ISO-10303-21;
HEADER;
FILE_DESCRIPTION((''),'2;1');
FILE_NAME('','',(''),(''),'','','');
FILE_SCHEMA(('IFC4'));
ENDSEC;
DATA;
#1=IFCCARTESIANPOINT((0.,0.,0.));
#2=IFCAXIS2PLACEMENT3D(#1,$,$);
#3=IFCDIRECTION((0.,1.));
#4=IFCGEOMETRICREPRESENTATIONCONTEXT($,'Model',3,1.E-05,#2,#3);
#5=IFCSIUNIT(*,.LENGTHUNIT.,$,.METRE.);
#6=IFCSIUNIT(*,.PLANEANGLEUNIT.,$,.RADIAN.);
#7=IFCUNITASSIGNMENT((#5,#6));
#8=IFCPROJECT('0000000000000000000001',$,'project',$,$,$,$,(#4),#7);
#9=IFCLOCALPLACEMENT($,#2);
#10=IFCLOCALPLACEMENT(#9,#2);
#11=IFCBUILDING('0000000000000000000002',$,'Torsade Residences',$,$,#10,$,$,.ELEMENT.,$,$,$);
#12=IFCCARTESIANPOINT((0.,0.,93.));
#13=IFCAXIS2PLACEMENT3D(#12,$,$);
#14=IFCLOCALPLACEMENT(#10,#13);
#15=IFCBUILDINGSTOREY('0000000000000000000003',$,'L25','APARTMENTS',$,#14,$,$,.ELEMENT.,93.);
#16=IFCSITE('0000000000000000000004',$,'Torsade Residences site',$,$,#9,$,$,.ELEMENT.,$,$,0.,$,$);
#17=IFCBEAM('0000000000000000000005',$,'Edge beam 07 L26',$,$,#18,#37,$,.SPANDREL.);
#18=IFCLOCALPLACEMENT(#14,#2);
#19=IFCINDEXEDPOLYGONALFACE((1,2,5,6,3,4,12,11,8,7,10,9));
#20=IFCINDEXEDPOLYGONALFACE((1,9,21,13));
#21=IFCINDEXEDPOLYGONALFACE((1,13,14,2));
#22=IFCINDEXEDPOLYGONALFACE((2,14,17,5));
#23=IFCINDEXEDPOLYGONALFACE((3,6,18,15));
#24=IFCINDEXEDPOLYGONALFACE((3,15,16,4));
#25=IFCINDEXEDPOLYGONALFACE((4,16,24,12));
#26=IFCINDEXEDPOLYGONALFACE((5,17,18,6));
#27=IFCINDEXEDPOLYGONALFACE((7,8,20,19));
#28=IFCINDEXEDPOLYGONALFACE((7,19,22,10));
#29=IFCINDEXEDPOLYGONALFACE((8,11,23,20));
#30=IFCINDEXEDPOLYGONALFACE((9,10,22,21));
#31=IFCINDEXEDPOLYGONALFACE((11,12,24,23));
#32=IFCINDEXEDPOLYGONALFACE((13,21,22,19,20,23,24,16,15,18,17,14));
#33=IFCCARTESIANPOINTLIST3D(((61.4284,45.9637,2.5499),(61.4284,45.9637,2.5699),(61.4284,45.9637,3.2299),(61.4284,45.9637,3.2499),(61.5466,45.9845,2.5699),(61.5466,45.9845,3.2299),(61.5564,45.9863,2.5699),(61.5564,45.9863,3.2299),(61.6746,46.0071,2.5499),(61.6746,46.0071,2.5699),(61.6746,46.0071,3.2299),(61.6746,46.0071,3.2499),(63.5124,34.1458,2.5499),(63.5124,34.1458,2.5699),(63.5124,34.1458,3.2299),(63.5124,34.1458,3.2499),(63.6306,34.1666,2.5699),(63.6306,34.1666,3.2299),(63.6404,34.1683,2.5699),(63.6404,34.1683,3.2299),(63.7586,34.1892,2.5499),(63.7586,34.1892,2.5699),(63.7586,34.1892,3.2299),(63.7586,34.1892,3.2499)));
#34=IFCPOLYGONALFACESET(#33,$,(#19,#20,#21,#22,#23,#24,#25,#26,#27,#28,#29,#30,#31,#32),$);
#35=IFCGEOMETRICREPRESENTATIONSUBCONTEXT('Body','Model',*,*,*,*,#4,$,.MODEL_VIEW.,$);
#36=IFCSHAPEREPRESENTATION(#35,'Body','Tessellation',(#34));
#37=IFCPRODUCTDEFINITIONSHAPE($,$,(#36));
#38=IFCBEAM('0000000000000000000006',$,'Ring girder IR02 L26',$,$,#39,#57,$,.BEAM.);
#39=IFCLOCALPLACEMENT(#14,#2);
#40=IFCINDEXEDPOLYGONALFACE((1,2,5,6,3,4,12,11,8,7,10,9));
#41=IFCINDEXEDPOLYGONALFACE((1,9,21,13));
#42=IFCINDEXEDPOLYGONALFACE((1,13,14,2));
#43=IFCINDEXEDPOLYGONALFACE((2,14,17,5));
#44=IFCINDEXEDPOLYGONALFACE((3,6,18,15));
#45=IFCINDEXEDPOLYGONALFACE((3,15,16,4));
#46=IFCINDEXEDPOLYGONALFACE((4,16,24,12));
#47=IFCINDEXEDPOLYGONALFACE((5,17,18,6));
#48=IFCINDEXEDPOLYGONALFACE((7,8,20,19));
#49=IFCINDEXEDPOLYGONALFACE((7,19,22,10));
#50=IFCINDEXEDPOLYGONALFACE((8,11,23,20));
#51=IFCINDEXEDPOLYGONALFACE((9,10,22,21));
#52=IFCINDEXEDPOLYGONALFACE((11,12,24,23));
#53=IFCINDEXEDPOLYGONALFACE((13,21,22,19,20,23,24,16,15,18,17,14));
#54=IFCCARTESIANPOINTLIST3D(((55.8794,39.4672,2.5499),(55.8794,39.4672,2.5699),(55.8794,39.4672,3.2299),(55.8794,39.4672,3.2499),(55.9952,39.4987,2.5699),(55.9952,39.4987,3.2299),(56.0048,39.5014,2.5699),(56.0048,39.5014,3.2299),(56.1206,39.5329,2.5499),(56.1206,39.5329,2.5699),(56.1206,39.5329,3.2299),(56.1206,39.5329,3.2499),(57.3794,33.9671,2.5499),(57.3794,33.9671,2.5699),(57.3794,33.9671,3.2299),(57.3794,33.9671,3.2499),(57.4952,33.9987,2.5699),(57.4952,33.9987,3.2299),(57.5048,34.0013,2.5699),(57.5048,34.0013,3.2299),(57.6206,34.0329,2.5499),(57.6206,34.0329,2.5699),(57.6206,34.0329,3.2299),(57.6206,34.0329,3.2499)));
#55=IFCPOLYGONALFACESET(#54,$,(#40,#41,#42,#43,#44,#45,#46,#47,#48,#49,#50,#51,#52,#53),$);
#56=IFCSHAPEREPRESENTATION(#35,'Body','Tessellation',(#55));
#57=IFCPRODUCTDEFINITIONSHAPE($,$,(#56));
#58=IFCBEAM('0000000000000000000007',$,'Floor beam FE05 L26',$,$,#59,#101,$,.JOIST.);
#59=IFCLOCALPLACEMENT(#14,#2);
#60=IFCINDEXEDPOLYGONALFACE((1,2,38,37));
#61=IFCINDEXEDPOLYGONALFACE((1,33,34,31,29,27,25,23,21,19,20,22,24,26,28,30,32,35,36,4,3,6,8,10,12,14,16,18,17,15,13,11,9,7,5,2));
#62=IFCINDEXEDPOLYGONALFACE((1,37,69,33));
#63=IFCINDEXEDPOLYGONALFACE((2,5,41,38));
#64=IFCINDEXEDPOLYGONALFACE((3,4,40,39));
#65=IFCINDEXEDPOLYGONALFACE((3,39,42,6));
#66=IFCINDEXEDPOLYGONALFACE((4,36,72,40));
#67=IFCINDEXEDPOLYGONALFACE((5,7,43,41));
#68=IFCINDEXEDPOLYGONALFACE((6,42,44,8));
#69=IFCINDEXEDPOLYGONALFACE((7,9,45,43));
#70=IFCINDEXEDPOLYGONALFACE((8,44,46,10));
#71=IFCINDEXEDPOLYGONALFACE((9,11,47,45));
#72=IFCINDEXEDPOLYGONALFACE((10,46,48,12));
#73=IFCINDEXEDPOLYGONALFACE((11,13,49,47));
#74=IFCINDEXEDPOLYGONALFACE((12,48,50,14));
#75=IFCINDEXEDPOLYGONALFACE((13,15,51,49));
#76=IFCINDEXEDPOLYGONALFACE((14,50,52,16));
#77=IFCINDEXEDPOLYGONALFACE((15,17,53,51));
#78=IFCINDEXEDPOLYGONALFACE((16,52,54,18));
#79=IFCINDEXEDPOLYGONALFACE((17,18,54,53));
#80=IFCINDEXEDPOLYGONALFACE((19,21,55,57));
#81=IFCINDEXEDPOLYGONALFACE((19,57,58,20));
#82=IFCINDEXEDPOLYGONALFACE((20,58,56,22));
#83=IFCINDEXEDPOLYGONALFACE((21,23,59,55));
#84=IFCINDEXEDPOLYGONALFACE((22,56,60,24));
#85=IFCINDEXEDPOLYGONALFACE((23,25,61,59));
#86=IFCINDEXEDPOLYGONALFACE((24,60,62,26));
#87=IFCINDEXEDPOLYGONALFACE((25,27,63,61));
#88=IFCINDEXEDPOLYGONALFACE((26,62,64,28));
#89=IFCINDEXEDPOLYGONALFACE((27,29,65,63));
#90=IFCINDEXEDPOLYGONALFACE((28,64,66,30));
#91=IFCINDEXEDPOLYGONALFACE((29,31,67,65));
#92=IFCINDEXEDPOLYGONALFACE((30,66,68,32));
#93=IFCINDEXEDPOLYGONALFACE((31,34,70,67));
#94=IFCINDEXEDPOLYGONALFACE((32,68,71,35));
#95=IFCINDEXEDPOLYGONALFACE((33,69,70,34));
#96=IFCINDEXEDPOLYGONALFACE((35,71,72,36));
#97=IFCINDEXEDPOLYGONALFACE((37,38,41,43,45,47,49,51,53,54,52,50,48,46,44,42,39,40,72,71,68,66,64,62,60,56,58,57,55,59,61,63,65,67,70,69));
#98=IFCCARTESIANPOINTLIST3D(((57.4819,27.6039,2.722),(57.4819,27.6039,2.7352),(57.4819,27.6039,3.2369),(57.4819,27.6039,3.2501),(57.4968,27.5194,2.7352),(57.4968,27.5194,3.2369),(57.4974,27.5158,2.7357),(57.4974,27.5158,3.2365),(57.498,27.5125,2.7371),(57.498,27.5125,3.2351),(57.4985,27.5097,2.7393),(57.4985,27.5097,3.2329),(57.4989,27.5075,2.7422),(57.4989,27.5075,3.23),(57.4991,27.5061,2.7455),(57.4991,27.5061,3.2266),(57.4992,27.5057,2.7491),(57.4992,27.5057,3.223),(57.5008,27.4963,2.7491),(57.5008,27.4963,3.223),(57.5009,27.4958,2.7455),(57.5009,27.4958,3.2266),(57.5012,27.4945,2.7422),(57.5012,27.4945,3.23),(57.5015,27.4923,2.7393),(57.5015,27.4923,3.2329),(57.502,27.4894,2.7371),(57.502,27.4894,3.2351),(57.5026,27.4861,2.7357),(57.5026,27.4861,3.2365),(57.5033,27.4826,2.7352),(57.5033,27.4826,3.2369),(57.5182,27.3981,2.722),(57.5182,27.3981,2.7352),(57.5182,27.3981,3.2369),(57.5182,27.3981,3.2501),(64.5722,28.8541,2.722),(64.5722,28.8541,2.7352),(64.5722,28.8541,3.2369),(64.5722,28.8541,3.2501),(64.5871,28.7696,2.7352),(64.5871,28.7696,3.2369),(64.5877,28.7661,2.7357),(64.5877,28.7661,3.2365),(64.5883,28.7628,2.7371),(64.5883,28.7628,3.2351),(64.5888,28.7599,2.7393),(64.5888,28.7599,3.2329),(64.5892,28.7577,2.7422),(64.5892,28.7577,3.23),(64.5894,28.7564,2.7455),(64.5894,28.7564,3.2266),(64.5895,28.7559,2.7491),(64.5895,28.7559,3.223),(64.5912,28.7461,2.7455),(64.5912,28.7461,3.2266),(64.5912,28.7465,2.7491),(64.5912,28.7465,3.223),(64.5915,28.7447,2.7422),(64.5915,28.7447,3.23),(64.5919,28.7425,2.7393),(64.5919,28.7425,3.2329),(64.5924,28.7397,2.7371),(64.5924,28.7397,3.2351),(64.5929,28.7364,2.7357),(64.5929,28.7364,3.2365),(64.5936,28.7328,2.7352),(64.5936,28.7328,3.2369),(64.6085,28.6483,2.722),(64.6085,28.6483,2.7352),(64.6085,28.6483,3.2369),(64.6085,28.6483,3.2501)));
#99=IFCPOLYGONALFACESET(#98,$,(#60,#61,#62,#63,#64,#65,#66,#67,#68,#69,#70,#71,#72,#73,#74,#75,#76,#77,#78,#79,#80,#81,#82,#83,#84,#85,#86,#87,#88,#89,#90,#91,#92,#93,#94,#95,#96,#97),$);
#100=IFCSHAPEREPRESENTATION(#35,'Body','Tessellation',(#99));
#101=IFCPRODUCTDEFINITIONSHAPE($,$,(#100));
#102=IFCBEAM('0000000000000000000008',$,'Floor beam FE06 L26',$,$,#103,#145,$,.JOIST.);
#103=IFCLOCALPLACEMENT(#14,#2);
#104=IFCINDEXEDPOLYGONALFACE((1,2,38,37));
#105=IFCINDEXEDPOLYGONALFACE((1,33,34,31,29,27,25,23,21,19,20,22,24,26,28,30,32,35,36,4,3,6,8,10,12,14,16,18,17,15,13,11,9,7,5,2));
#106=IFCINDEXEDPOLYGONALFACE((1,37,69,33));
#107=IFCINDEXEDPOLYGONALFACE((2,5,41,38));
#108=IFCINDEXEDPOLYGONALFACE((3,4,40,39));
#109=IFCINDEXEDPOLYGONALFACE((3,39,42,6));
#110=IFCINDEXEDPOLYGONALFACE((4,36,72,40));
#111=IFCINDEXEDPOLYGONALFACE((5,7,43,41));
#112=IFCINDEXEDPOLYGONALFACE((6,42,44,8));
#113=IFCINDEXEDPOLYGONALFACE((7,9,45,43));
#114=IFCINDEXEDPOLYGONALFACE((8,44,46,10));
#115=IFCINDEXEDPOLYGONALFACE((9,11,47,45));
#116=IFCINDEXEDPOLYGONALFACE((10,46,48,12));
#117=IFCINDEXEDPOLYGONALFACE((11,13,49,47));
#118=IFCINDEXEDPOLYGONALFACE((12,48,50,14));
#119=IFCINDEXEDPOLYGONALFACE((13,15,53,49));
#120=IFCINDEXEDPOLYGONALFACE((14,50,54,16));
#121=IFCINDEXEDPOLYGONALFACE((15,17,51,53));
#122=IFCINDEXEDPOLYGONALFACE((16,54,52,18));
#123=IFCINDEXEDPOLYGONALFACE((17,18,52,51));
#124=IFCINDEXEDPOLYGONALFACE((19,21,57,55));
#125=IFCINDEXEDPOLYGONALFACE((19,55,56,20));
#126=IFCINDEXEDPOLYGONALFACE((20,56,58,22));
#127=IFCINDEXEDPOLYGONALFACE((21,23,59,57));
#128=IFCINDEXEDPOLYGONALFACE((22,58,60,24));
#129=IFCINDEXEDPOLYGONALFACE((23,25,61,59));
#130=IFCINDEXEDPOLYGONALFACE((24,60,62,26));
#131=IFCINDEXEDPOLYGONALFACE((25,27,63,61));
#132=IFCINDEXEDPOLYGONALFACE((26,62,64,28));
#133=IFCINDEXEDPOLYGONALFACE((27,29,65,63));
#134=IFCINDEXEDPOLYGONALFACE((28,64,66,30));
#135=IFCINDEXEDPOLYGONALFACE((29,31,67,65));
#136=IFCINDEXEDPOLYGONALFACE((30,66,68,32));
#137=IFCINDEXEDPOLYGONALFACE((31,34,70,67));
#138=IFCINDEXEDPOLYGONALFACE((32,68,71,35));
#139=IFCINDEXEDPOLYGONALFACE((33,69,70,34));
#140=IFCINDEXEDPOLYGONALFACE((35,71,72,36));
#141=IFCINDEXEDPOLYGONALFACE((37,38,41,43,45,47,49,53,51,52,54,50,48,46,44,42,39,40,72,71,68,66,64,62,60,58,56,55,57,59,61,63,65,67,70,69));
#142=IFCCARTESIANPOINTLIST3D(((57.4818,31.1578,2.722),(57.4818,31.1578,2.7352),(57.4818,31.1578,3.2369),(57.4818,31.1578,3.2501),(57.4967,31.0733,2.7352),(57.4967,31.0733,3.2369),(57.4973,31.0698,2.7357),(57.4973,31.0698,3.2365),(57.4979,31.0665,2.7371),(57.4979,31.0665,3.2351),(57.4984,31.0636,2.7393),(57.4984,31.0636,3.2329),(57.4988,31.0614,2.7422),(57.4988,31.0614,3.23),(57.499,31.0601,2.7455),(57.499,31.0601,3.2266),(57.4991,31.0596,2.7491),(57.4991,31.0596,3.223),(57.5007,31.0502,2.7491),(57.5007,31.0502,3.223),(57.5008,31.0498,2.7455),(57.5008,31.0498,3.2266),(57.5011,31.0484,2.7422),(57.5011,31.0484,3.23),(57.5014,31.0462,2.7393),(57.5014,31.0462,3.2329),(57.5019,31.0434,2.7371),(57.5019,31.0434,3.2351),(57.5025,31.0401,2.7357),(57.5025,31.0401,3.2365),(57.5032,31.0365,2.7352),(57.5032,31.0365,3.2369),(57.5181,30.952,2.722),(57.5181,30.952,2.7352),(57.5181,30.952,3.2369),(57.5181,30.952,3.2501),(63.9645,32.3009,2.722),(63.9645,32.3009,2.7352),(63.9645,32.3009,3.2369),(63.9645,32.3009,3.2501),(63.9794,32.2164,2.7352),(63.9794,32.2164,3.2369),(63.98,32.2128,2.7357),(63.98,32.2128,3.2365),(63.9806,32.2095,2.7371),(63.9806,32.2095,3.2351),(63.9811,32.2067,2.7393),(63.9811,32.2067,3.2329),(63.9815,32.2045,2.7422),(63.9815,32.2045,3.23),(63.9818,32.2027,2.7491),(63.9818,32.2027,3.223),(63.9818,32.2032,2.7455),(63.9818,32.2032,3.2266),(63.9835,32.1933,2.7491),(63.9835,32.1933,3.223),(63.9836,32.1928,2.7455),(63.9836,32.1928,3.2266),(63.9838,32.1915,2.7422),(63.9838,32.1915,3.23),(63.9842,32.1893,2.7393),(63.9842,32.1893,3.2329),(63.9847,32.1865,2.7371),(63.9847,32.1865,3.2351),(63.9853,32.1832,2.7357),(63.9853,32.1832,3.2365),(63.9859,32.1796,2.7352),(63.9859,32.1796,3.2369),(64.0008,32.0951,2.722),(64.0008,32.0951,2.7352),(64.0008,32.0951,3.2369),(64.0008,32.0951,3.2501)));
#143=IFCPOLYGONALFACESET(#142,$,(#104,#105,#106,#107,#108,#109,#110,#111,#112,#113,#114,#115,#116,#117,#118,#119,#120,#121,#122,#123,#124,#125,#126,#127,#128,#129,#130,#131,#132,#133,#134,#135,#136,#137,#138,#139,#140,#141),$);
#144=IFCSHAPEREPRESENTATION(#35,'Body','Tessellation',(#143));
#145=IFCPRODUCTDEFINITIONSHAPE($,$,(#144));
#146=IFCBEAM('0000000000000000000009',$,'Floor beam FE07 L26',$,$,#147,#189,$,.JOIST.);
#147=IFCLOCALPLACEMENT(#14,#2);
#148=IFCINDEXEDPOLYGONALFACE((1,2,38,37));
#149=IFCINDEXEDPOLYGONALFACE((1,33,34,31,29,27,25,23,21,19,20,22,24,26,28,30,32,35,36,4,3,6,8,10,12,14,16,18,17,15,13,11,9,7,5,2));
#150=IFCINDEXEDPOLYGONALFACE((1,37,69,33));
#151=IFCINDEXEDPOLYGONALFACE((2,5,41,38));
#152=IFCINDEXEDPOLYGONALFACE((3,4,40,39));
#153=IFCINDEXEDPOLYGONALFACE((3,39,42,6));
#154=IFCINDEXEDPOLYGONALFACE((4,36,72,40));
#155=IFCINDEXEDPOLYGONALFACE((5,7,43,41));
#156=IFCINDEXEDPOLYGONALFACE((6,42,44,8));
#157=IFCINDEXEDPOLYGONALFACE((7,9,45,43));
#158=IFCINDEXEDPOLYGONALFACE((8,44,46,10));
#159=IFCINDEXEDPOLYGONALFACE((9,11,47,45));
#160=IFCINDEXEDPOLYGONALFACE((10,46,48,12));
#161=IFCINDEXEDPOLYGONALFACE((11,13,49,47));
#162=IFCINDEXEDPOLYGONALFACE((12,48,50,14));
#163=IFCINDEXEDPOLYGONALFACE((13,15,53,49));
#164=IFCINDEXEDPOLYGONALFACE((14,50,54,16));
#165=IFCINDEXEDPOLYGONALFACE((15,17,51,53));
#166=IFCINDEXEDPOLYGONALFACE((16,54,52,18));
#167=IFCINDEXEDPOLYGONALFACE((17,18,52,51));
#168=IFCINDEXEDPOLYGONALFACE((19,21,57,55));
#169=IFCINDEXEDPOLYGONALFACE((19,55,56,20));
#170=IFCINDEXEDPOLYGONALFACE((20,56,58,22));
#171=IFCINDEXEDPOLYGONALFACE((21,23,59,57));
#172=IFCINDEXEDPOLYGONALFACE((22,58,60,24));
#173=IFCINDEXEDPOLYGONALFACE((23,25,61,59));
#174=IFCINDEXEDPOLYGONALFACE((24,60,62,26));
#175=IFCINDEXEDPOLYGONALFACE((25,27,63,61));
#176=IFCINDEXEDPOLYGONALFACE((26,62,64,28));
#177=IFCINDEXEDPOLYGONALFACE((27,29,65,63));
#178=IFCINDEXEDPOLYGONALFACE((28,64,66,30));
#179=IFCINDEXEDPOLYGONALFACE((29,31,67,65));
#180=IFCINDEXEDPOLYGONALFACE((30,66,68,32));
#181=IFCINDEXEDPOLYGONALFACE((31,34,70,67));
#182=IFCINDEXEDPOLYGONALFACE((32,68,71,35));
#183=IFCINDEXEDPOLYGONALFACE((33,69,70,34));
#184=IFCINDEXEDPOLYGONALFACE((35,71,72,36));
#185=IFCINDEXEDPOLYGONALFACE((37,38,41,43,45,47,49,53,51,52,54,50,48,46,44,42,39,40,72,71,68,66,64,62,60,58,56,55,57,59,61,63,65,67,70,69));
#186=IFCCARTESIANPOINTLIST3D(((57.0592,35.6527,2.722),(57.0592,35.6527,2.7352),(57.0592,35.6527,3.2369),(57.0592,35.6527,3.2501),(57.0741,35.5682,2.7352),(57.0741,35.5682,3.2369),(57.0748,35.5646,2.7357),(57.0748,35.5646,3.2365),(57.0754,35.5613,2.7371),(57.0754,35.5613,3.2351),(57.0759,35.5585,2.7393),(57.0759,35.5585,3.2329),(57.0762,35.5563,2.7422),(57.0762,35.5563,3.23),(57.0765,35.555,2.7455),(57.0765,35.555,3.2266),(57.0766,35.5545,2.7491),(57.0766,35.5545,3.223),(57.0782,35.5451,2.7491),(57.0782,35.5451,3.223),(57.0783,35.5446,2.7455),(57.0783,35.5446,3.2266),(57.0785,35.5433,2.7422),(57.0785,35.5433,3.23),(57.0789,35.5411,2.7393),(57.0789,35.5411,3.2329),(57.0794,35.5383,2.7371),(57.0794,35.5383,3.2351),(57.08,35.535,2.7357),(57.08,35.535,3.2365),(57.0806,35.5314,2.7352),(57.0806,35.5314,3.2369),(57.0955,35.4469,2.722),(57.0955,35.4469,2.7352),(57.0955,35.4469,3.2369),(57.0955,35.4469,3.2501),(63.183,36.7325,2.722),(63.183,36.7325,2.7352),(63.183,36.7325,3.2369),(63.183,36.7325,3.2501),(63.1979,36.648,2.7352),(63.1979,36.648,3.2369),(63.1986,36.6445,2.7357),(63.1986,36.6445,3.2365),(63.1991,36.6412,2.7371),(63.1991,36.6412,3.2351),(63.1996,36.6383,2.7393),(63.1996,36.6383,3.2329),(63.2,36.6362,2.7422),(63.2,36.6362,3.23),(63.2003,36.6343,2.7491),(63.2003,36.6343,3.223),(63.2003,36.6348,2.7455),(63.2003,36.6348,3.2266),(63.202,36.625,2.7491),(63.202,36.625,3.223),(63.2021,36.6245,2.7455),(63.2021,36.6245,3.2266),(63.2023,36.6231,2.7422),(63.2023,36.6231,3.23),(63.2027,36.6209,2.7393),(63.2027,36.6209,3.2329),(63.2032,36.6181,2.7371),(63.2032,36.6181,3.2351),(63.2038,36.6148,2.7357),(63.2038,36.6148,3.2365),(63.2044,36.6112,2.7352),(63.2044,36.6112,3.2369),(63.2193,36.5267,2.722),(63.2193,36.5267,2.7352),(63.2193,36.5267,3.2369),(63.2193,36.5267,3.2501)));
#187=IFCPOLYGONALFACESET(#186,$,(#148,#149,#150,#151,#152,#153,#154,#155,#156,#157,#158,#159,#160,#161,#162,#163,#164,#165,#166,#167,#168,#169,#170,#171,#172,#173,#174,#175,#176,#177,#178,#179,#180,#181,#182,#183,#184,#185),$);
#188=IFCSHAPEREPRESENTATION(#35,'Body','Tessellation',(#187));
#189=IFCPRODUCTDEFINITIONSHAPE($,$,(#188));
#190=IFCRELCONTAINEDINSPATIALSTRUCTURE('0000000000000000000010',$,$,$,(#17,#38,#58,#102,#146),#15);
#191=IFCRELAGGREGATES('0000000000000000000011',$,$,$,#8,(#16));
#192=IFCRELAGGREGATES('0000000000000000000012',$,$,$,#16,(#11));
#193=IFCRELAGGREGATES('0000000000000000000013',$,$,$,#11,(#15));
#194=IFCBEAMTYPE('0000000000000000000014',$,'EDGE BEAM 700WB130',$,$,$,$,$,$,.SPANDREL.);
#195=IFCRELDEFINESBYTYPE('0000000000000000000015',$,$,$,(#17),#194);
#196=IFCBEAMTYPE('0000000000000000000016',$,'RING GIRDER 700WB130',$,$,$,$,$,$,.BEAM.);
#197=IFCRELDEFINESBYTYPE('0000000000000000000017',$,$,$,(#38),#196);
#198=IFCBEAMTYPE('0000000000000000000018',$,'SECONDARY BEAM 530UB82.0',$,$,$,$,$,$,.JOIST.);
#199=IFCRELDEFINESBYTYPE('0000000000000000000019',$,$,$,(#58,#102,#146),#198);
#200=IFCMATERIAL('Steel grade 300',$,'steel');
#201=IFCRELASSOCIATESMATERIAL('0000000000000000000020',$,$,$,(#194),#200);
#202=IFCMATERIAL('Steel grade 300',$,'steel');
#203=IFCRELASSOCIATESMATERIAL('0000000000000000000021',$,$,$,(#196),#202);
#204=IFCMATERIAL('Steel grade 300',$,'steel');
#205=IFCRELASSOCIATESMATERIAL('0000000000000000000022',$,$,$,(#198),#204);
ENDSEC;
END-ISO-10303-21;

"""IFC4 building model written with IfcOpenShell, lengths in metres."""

from ifc_helpers import new_model, si_unit, direction, frame, origin, origin_2d, place, context, subcontext, project, spatial, i_section, extrude, material, material_profile, profile_set, type_object, element, save


model = new_model("IFC4")

# Units and contexts
model_context = context("Model", 3, precision=1e-05, world=origin(), true_north=direction((0.0, 1.0)))
body_context = subcontext(model_context, "Body", "Model", "MODEL_VIEW")
ifc_project = project(units=[si_unit("LENGTHUNIT", "METRE"), si_unit("PLANEANGLEUNIT", "RADIAN")], contexts=[model_context])

# Site, building, storey
site_placement = place(None, origin())
site = spatial("IfcSite", under=ifc_project, at=site_placement, Name="Torsade Residences site", CompositionType="ELEMENT", RefElevation=0.0)
building_placement = place(site_placement, origin())
building = spatial("IfcBuilding", under=site, at=building_placement, Name="Torsade Residences", CompositionType="ELEMENT")
storey_placement = place(building_placement, frame((0.0, 0.0, 93.0)))
storey = spatial("IfcBuildingStorey", under=building, at=storey_placement, Name="L25", Description="APARTMENTS", CompositionType="ELEMENT", Elevation=93.0)

# Beams
ifc_material_1 = material(Name="Steel grade 300", Category="steel")
ifc_material_profile_1 = material_profile(ifc_material_1, i_section(OverallWidth=0.25, OverallDepth=0.7, WebThickness=0.01, FlangeThickness=0.02, at=origin_2d()), Name="700WB130")
ifc_profile_set_1 = profile_set([ifc_material_profile_1], Name="Steel grade 300")
beam_type_1 = type_object("IfcBeamType", Name="EDGE BEAM 700WB130", PredefinedType="SPANDREL", material=ifc_profile_set_1)
beam_1_placement = place(storey_placement, frame((63.6355, 34.1675, 2.8999), z_axis=(-0.173662, 0.984805, 0.0), x_axis=(-0.984805, -0.173662, 0.0)))
element("IfcBeam", 1, at=beam_1_placement, inside=storey, type_object=beam_type_1, Name="Edge beam 07 L26", PredefinedType="SPANDREL", context=body_context, shape_type="SweptSolid", body=[
    extrude(i_section(OverallWidth=0.25, OverallDepth=0.7, WebThickness=0.01, FlangeThickness=0.02, at=origin_2d()), origin(), (0.0, 0.0, 1.0), 12.0002),
])
ifc_material_2 = material(Name="Steel grade 300", Category="steel")
ifc_material_profile_2 = material_profile(ifc_material_2, i_section(OverallWidth=0.25, OverallDepth=0.7, WebThickness=0.01, FlangeThickness=0.02, at=origin_2d()), Name="700WB130")
ifc_profile_set_2 = profile_set([ifc_material_profile_2], Name="Steel grade 300")
beam_type_2 = type_object("IfcBeamType", Name="RING GIRDER 700WB130", PredefinedType="BEAM", material=ifc_profile_set_2)
beam_2_placement = place(storey_placement, frame((57.5, 34.0, 2.8999), z_axis=(-0.263117, 0.964764, 0.0), x_axis=(-0.964764, -0.263117, 0.0)))
element("IfcBeam", 2, at=beam_2_placement, inside=storey, type_object=beam_type_2, Name="Ring girder IR02 L26", PredefinedType="BEAM", context=body_context, shape_type="SweptSolid", body=[
    extrude(i_section(OverallWidth=0.25, OverallDepth=0.7, WebThickness=0.01, FlangeThickness=0.02, at=origin_2d()), origin(), (0.0, 0.0, 1.0), 5.7009),
])
ifc_material_3 = material(Name="Steel grade 300", Category="steel")
ifc_material_profile_3 = material_profile(ifc_material_3, i_section(OverallWidth=0.209, OverallDepth=0.5281, WebThickness=0.0095, FlangeThickness=0.0132, FilletRadius=0.0139, at=origin_2d()), Name="530UB82.0")
ifc_profile_set_3 = profile_set([ifc_material_profile_3], Name="Steel grade 300")
beam_type_3 = type_object("IfcBeamType", Name="SECONDARY BEAM 530UB82.0", PredefinedType="JOIST", material=ifc_profile_set_3)
beam_3_placement = place(storey_placement, frame((64.5903, 28.7512, 2.9861), z_axis=(-0.984807, -0.173652, 0.0), x_axis=(0.173652, -0.984807, 0.0)))
element("IfcBeam", 3, at=beam_3_placement, inside=storey, type_object=beam_type_3, Name="Floor beam FE05 L26", PredefinedType="JOIST", context=body_context, shape_type="SweptSolid", body=[
    extrude(i_section(OverallWidth=0.209, OverallDepth=0.5281, WebThickness=0.0095, FlangeThickness=0.0132, FilletRadius=0.0139, at=origin_2d()), origin(), (0.0, 0.0, 1.0), 7.1997),
])
beam_4_placement = place(storey_placement, frame((63.9827, 32.198, 2.9861), z_axis=(-0.984808, -0.173648, 0.0), x_axis=(0.173648, -0.984808, 0.0)))
element("IfcBeam", 4, at=beam_4_placement, inside=storey, type_object=beam_type_3, Name="Floor beam FE06 L26", PredefinedType="JOIST", context=body_context, shape_type="SweptSolid", body=[
    extrude(i_section(OverallWidth=0.209, OverallDepth=0.5281, WebThickness=0.0095, FlangeThickness=0.0132, FilletRadius=0.0139, at=origin_2d()), origin(), (0.0, 0.0, 1.0), 6.5828),
])
beam_5_placement = place(storey_placement, frame((63.2012, 36.6296, 2.9861), z_axis=(-0.984806, -0.173655, 0.0), x_axis=(0.173655, -0.984806, 0.0)))
element("IfcBeam", 5, at=beam_5_placement, inside=storey, type_object=beam_type_3, Name="Floor beam FE07 L26", PredefinedType="JOIST", context=body_context, shape_type="SweptSolid", body=[
    extrude(i_section(OverallWidth=0.209, OverallDepth=0.5281, WebThickness=0.0095, FlangeThickness=0.0132, FilletRadius=0.0139, at=origin_2d()), origin(), (0.0, 0.0, 1.0), 6.2183),
])

save(model, "model.ifc")
